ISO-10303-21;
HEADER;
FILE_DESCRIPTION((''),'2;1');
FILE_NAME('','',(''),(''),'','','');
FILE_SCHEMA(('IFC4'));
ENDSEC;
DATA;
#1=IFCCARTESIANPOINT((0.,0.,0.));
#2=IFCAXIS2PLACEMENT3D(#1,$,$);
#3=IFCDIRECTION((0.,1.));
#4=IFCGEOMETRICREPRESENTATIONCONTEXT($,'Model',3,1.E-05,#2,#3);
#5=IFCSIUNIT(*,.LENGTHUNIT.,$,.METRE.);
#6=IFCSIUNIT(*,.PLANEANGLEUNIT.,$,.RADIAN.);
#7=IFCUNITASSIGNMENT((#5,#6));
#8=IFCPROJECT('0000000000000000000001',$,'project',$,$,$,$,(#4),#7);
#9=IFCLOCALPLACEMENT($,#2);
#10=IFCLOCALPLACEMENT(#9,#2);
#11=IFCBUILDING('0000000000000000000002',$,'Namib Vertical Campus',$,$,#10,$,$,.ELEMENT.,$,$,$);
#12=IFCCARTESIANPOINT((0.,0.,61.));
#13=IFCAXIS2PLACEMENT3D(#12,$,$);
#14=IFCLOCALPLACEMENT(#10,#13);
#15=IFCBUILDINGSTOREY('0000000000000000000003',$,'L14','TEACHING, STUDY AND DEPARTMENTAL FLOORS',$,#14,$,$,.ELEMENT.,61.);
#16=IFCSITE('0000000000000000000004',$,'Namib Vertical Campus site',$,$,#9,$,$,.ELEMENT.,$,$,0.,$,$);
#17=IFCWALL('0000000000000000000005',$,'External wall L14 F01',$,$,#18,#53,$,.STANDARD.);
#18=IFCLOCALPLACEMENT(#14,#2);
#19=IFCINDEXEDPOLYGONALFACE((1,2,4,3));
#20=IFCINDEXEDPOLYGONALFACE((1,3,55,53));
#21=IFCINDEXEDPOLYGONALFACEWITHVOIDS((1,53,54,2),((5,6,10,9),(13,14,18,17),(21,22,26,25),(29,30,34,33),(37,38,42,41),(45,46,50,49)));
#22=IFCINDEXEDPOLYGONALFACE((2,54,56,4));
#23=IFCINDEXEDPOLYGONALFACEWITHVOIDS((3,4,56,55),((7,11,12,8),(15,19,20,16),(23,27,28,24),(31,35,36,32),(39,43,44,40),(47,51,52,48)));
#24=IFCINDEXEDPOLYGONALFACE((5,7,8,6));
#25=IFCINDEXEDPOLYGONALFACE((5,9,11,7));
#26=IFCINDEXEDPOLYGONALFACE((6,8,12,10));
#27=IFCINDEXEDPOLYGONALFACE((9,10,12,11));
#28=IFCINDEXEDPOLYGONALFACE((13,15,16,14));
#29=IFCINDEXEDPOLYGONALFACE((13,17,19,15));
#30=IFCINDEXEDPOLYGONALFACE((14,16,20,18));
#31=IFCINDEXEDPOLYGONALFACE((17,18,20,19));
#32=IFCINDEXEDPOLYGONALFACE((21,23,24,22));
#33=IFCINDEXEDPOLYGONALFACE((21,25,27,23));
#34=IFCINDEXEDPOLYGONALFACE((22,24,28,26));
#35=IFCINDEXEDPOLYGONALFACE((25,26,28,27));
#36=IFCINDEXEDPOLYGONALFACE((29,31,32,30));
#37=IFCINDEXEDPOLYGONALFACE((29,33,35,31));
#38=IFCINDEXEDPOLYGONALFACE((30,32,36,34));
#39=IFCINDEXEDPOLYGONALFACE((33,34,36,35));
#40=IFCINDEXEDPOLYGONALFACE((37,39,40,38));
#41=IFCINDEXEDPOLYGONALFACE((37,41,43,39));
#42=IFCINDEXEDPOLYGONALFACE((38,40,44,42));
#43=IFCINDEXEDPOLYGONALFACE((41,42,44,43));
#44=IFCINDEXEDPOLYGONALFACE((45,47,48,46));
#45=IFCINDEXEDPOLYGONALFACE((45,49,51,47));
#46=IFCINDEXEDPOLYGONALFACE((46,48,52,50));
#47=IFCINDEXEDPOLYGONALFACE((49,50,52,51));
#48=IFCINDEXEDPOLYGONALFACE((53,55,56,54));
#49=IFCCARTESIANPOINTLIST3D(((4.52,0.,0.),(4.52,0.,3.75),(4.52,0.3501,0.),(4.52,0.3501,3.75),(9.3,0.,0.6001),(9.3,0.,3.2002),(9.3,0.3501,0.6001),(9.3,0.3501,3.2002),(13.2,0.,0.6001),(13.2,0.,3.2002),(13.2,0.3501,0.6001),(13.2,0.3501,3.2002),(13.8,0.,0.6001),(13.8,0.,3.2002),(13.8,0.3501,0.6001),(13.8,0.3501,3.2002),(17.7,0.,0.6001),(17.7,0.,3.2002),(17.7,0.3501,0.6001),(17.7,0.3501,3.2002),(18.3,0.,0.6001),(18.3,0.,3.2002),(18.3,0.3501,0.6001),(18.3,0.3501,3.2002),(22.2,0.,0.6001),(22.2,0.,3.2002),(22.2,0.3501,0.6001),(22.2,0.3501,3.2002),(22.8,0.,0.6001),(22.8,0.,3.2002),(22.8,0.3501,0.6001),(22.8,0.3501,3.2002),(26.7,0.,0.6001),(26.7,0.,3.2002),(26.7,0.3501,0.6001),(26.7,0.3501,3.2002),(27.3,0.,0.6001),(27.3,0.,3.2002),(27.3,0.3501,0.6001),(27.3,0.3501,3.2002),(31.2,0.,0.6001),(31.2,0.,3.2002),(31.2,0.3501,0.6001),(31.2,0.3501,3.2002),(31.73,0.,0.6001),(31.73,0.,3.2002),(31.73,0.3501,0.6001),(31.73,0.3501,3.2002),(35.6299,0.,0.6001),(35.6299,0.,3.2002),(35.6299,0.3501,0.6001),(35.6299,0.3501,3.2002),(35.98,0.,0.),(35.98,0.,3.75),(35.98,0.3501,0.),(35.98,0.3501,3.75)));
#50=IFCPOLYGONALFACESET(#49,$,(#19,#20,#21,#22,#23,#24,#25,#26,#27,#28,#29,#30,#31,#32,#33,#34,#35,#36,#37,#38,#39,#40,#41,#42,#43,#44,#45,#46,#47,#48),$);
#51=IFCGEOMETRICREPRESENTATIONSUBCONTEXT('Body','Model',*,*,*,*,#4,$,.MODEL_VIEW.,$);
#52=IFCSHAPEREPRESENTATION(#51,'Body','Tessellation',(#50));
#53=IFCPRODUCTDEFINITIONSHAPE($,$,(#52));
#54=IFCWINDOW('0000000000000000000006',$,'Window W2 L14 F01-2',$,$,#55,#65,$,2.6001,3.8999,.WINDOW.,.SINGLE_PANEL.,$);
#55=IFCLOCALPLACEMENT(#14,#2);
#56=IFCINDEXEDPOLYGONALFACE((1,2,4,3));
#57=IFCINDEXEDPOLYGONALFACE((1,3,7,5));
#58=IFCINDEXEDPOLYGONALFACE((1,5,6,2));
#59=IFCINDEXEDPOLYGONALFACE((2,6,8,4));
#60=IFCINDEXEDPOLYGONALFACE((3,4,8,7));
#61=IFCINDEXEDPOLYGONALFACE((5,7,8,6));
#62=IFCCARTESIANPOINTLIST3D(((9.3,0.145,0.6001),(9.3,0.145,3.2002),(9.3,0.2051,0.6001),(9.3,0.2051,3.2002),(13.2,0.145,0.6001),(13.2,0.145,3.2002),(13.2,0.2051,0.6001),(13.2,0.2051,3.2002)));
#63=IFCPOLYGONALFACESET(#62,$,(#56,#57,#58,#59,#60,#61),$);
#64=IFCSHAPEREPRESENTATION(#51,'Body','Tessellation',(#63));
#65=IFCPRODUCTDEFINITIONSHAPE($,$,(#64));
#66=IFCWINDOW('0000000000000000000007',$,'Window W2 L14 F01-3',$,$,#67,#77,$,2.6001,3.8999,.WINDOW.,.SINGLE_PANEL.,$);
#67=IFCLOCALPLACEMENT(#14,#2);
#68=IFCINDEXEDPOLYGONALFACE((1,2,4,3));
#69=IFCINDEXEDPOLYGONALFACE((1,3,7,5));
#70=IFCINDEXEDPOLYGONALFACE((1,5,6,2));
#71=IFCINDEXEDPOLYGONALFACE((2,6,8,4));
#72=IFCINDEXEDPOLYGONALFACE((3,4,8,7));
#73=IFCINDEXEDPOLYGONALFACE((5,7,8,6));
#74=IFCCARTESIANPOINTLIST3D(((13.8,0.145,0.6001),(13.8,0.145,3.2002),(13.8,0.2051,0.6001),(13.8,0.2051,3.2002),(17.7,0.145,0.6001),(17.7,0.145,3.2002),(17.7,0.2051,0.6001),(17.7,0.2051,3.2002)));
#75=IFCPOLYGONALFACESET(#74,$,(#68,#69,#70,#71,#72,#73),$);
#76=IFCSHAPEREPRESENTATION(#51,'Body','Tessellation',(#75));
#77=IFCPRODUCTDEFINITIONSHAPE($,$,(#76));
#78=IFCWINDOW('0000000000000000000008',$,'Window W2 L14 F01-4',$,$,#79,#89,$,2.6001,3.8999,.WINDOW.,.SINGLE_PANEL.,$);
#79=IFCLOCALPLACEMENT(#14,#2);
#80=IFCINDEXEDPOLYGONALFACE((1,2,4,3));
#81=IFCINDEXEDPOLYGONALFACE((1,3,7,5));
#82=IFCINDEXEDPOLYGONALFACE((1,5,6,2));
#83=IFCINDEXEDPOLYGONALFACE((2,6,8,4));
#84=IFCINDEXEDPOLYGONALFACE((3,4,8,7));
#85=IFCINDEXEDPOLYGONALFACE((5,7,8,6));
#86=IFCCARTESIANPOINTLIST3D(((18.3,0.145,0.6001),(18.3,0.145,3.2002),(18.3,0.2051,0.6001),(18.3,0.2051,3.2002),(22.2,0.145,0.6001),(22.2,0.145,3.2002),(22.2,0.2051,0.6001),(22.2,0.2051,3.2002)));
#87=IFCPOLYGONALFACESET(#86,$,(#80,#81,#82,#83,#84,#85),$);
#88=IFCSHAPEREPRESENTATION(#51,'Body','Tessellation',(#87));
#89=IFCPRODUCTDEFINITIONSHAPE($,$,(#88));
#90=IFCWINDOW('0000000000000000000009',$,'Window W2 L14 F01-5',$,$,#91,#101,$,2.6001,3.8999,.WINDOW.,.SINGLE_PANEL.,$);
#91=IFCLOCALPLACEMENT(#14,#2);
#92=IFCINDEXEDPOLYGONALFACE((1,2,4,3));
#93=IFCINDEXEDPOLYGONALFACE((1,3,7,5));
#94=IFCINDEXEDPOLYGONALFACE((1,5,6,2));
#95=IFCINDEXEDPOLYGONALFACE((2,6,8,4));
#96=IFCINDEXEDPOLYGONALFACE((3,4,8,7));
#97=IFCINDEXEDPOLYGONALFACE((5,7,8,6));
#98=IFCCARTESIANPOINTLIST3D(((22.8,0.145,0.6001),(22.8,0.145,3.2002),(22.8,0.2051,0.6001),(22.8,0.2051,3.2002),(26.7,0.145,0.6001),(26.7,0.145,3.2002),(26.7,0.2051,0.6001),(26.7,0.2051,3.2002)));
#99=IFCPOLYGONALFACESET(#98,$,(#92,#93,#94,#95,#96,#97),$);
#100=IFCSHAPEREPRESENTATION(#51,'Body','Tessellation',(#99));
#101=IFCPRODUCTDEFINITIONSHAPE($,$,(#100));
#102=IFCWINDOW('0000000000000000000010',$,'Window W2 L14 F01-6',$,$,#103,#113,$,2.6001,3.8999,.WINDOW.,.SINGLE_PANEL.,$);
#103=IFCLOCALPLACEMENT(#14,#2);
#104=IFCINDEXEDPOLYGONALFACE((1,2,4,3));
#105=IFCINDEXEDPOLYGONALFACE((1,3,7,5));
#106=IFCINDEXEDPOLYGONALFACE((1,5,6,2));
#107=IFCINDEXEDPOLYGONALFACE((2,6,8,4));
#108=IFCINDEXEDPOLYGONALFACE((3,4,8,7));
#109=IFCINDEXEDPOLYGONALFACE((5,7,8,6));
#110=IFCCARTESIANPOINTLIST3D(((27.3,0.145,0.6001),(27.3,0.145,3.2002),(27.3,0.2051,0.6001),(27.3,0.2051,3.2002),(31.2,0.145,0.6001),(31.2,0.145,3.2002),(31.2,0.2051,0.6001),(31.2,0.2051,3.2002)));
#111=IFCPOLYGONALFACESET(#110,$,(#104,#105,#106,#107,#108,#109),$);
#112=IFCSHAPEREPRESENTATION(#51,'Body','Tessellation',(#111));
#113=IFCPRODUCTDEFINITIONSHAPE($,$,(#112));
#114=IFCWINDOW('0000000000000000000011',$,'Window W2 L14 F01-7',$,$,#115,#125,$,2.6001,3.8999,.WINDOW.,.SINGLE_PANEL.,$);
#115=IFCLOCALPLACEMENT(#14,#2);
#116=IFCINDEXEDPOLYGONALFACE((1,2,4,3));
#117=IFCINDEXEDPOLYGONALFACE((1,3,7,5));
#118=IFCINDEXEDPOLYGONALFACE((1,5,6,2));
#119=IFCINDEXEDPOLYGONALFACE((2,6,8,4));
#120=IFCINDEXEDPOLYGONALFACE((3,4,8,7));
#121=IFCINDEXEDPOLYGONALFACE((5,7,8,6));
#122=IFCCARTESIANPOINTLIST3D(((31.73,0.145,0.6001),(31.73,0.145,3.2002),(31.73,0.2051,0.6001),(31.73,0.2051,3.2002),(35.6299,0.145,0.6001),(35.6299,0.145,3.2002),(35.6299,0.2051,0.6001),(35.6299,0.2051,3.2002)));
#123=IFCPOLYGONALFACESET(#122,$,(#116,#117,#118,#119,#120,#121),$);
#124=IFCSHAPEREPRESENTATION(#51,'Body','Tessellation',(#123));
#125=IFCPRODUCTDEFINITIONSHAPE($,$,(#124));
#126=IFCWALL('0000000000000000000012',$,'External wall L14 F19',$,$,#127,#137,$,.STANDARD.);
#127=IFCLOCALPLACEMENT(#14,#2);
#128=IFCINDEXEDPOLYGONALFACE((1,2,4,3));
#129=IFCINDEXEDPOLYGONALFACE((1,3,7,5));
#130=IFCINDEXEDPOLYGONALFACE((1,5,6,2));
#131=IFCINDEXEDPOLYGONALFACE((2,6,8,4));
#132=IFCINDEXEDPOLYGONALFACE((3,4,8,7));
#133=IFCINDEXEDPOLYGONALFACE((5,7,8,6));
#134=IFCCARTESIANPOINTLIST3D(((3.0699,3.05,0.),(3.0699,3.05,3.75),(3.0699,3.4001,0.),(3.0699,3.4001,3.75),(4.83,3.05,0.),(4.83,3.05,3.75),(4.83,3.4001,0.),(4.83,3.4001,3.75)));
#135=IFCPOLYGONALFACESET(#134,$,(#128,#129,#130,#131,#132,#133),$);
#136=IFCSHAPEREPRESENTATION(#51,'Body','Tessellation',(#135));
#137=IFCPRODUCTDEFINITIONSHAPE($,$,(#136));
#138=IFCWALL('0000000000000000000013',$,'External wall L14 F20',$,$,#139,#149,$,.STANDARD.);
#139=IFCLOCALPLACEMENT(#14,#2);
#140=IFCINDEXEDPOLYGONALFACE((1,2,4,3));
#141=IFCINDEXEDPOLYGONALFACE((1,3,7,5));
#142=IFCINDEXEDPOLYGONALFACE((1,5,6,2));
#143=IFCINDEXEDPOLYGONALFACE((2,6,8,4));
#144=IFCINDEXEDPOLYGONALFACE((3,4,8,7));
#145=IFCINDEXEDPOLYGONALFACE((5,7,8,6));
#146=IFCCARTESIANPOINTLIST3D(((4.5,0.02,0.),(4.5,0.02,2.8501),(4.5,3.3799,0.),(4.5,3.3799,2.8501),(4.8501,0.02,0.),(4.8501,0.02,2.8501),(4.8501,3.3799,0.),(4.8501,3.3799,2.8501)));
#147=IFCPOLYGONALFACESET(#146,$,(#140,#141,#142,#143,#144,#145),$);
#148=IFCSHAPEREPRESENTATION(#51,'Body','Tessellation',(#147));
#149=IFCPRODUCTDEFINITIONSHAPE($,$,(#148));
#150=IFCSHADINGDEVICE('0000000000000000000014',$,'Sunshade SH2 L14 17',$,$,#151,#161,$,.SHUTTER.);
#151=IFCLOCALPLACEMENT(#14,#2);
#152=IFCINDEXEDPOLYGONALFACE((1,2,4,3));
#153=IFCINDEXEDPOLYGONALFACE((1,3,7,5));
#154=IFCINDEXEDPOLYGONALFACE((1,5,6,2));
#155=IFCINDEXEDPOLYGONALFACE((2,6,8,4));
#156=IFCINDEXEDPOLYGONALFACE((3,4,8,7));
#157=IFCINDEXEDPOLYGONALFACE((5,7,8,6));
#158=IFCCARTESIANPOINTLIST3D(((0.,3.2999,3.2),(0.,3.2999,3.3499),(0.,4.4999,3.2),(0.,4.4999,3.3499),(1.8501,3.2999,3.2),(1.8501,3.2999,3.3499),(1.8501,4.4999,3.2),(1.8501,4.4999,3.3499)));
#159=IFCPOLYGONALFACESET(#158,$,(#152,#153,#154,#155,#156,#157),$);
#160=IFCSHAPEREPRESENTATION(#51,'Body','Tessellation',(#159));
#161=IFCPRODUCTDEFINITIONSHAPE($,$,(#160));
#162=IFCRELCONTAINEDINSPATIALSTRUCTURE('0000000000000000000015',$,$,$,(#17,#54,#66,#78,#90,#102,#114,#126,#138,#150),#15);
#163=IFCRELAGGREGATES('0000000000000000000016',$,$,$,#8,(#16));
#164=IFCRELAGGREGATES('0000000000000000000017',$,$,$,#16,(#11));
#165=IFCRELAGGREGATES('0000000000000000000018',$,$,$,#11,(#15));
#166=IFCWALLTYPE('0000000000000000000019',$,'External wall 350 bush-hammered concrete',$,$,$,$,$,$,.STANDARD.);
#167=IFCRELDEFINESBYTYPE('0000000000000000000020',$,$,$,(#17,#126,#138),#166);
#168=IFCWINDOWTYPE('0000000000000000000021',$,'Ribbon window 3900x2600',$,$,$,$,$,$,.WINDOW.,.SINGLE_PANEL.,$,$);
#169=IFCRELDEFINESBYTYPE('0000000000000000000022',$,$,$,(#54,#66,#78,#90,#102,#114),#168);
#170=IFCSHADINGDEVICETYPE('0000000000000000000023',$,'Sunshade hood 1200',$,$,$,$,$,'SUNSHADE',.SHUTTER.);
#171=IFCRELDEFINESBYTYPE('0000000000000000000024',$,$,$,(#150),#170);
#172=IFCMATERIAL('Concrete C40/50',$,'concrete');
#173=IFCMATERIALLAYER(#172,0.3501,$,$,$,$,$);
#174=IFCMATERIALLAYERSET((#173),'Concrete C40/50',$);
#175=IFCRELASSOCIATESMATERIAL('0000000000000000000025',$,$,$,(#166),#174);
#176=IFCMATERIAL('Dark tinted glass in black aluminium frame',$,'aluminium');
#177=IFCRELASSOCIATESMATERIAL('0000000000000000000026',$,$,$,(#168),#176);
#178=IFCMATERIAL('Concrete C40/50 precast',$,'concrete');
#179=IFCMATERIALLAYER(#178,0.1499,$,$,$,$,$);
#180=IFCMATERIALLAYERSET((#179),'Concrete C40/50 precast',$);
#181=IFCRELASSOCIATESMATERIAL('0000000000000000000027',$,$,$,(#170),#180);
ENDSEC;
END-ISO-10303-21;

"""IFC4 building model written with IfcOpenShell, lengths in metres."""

from ifc_helpers import new_model, si_unit, direction, frame, frame_2d, origin, origin_2d, place, context, subcontext, project, spatial, rectangle, extrude, material, layer, layer_set, type_object, element, fill, save


model = new_model("IFC4")

# Units and contexts
model_context = context("Model", 3, precision=1e-05, world=origin(), true_north=direction((0.0, 1.0)))
body_context = subcontext(model_context, "Body", "Model", "MODEL_VIEW")
ifc_project = project(units=[si_unit("LENGTHUNIT", "METRE"), si_unit("PLANEANGLEUNIT", "RADIAN")], contexts=[model_context])

# Site, building, storey
site_placement = place(None, origin())
site = spatial("IfcSite", under=ifc_project, at=site_placement, Name="Namib Vertical Campus site", CompositionType="ELEMENT", RefElevation=0.0)
building_placement = place(site_placement, origin())
building = spatial("IfcBuilding", under=site, at=building_placement, Name="Namib Vertical Campus", CompositionType="ELEMENT")
storey_placement = place(building_placement, frame((0.0, 0.0, 61.0)))
storey = spatial("IfcBuildingStorey", under=building, at=storey_placement, Name="L14", Description="TEACHING, STUDY AND DEPARTMENTAL FLOORS", CompositionType="ELEMENT", Elevation=61.0)

# Wall, openings, windows
ifc_material_1 = material(Name="Concrete C40/50", Category="concrete")
ifc_layer_1 = layer(ifc_material_1, 0.3501)
ifc_layer_set_1 = layer_set([ifc_layer_1], Name="Concrete C40/50")
wall_type = type_object("IfcWallType", Name="External wall 350 bush-hammered concrete", PredefinedType="STANDARD", material=ifc_layer_set_1)
wall_1_placement = place(storey_placement, frame((4.52, 0.175, 0.0), z_axis=(0.0, 0.0, 1.0), x_axis=(1.0, 0.0, 0.0)))
wall_1 = element("IfcWall", 1, at=wall_1_placement, inside=storey, type_object=wall_type, Name="External wall L14 F01", PredefinedType="STANDARD", context=body_context, shape_type="SweptSolid", body=[
    extrude(rectangle(XDim=31.46, YDim=0.3501, at=frame_2d((15.73, 0.0))), origin(), (0.0, 0.0, 1.0), 3.75),
])
opening_1_placement = place(wall_1_placement, frame((4.78, 0.0, 0.6001)))
opening_1 = element("IfcOpeningElement", 2, at=opening_1_placement, cuts=wall_1, PredefinedType="OPENING", context=body_context, shape_type="SweptSolid", body=[
    extrude(rectangle(XDim=3.8999, YDim=2.6001, at=frame_2d((1.95, 1.3))), frame((0.0, 0.1851, 0.0), z_axis=(0.0, -1.0, 0.0), x_axis=(1.0, 0.0, 0.0)), (0.0, 0.0, 1.0), 0.3701),
])
opening_2_placement = place(wall_1_placement, frame((9.28, 0.0, 0.6001)))
opening_2 = element("IfcOpeningElement", 3, at=opening_2_placement, cuts=wall_1, PredefinedType="OPENING", context=body_context, shape_type="SweptSolid", body=[
    extrude(rectangle(XDim=3.8999, YDim=2.6001, at=frame_2d((1.95, 1.3))), frame((0.0, 0.1851, 0.0), z_axis=(0.0, -1.0, 0.0), x_axis=(1.0, 0.0, 0.0)), (0.0, 0.0, 1.0), 0.3701),
])
opening_3_placement = place(wall_1_placement, frame((13.78, 0.0, 0.6001)))
opening_3 = element("IfcOpeningElement", 4, at=opening_3_placement, cuts=wall_1, PredefinedType="OPENING", context=body_context, shape_type="SweptSolid", body=[
    extrude(rectangle(XDim=3.8999, YDim=2.6001, at=frame_2d((1.95, 1.3))), frame((0.0, 0.1851, 0.0), z_axis=(0.0, -1.0, 0.0), x_axis=(1.0, 0.0, 0.0)), (0.0, 0.0, 1.0), 0.3701),
])
opening_4_placement = place(wall_1_placement, frame((18.28, 0.0, 0.6001)))
opening_4 = element("IfcOpeningElement", 5, at=opening_4_placement, cuts=wall_1, PredefinedType="OPENING", context=body_context, shape_type="SweptSolid", body=[
    extrude(rectangle(XDim=3.8999, YDim=2.6001, at=frame_2d((1.95, 1.3))), frame((0.0, 0.1851, 0.0), z_axis=(0.0, -1.0, 0.0), x_axis=(1.0, 0.0, 0.0)), (0.0, 0.0, 1.0), 0.3701),
])
opening_5_placement = place(wall_1_placement, frame((22.78, 0.0, 0.6001)))
opening_5 = element("IfcOpeningElement", 6, at=opening_5_placement, cuts=wall_1, PredefinedType="OPENING", context=body_context, shape_type="SweptSolid", body=[
    extrude(rectangle(XDim=3.8999, YDim=2.6001, at=frame_2d((1.95, 1.3))), frame((0.0, 0.1851, 0.0), z_axis=(0.0, -1.0, 0.0), x_axis=(1.0, 0.0, 0.0)), (0.0, 0.0, 1.0), 0.3701),
])
opening_6_placement = place(wall_1_placement, frame((27.21, 0.0, 0.6001)))
opening_6 = element("IfcOpeningElement", 7, at=opening_6_placement, cuts=wall_1, PredefinedType="OPENING", context=body_context, shape_type="SweptSolid", body=[
    extrude(rectangle(XDim=3.8999, YDim=2.6001, at=frame_2d((1.95, 1.3))), frame((0.0, 0.1851, 0.0), z_axis=(0.0, -1.0, 0.0), x_axis=(1.0, 0.0, 0.0)), (0.0, 0.0, 1.0), 0.3701),
])
ifc_material_2 = material(Name="Dark tinted glass in black aluminium frame", Category="aluminium")
window_type = type_object("IfcWindowType", Name="Ribbon window 3900x2600", PartitioningType="SINGLE_PANEL", PredefinedType="WINDOW", material=ifc_material_2)
window_1_placement = place(opening_1_placement, origin())
window_1 = element("IfcWindow", 8, at=window_1_placement, inside=storey, type_object=window_type, Name="Window W2 L14 F01-2", OverallHeight=2.6001, OverallWidth=3.8999, PartitioningType="SINGLE_PANEL", PredefinedType="WINDOW", context=body_context, shape_type="SweptSolid", body=[
    extrude(rectangle(XDim=3.8999, YDim=2.6001, at=frame_2d((1.95, 1.3))), frame((0.0, 0.03, 0.0), z_axis=(0.0, -1.0, 0.0), x_axis=(1.0, 0.0, 0.0)), (0.0, 0.0, 1.0), 0.0601),
])
fill(opening_1, window_1)
window_2_placement = place(opening_2_placement, origin())
window_2 = element("IfcWindow", 9, at=window_2_placement, inside=storey, type_object=window_type, Name="Window W2 L14 F01-3", OverallHeight=2.6001, OverallWidth=3.8999, PartitioningType="SINGLE_PANEL", PredefinedType="WINDOW", context=body_context, shape_type="SweptSolid", body=[
    extrude(rectangle(XDim=3.8999, YDim=2.6001, at=frame_2d((1.95, 1.3))), frame((0.0, 0.03, 0.0), z_axis=(0.0, -1.0, 0.0), x_axis=(1.0, 0.0, 0.0)), (0.0, 0.0, 1.0), 0.0601),
])
fill(opening_2, window_2)
window_3_placement = place(opening_3_placement, origin())
window_3 = element("IfcWindow", 10, at=window_3_placement, inside=storey, type_object=window_type, Name="Window W2 L14 F01-4", OverallHeight=2.6001, OverallWidth=3.8999, PartitioningType="SINGLE_PANEL", PredefinedType="WINDOW", context=body_context, shape_type="SweptSolid", body=[
    extrude(rectangle(XDim=3.8999, YDim=2.6001, at=frame_2d((1.95, 1.3))), frame((0.0, 0.03, 0.0), z_axis=(0.0, -1.0, 0.0), x_axis=(1.0, 0.0, 0.0)), (0.0, 0.0, 1.0), 0.0601),
])
fill(opening_3, window_3)
window_4_placement = place(opening_4_placement, origin())
window_4 = element("IfcWindow", 11, at=window_4_placement, inside=storey, type_object=window_type, Name="Window W2 L14 F01-5", OverallHeight=2.6001, OverallWidth=3.8999, PartitioningType="SINGLE_PANEL", PredefinedType="WINDOW", context=body_context, shape_type="SweptSolid", body=[
    extrude(rectangle(XDim=3.8999, YDim=2.6001, at=frame_2d((1.95, 1.3))), frame((0.0, 0.03, 0.0), z_axis=(0.0, -1.0, 0.0), x_axis=(1.0, 0.0, 0.0)), (0.0, 0.0, 1.0), 0.0601),
])
fill(opening_4, window_4)
window_5_placement = place(opening_5_placement, origin())
window_5 = element("IfcWindow", 12, at=window_5_placement, inside=storey, type_object=window_type, Name="Window W2 L14 F01-6", OverallHeight=2.6001, OverallWidth=3.8999, PartitioningType="SINGLE_PANEL", PredefinedType="WINDOW", context=body_context, shape_type="SweptSolid", body=[
    extrude(rectangle(XDim=3.8999, YDim=2.6001, at=frame_2d((1.95, 1.3))), frame((0.0, 0.03, 0.0), z_axis=(0.0, -1.0, 0.0), x_axis=(1.0, 0.0, 0.0)), (0.0, 0.0, 1.0), 0.0601),
])
fill(opening_5, window_5)
window_6_placement = place(opening_6_placement, origin())
window_6 = element("IfcWindow", 13, at=window_6_placement, inside=storey, type_object=window_type, Name="Window W2 L14 F01-7", OverallHeight=2.6001, OverallWidth=3.8999, PartitioningType="SINGLE_PANEL", PredefinedType="WINDOW", context=body_context, shape_type="SweptSolid", body=[
    extrude(rectangle(XDim=3.8999, YDim=2.6001, at=frame_2d((1.95, 1.3))), frame((0.0, 0.03, 0.0), z_axis=(0.0, -1.0, 0.0), x_axis=(1.0, 0.0, 0.0)), (0.0, 0.0, 1.0), 0.0601),
])
fill(opening_6, window_6)

# Walls
wall_2_placement = place(storey_placement, frame((3.0701, 3.2251, 0.0), z_axis=(0.0, 0.0, 1.0), x_axis=(1.0, 0.0, 0.0)))
element("IfcWall", 14, at=wall_2_placement, inside=storey, type_object=wall_type, Name="External wall L14 F19", PredefinedType="STANDARD", context=body_context, shape_type="SweptSolid", body=[
    extrude(rectangle(XDim=1.76, YDim=0.3501, at=frame_2d((0.8799, 0.0))), origin(), (0.0, 0.0, 1.0), 3.75),
])
wall_3_placement = place(storey_placement, frame((4.675, 3.3799, 0.0), z_axis=(0.0, 0.0, 1.0), x_axis=(0.0, -1.0, 0.0)))
element("IfcWall", 15, at=wall_3_placement, inside=storey, type_object=wall_type, Name="External wall L14 F20", PredefinedType="STANDARD", context=body_context, shape_type="SweptSolid", body=[
    extrude(rectangle(XDim=3.3599, YDim=0.3501, at=frame_2d((1.6799, 0.0))), origin(), (0.0, 0.0, 1.0), 2.8501),
])

# Shading device
ifc_material_3 = material(Name="Concrete C40/50 precast", Category="concrete")
ifc_layer_2 = layer(ifc_material_3, 0.1499)
ifc_layer_set_2 = layer_set([ifc_layer_2], Name="Concrete C40/50 precast")
shading_device_type = type_object("IfcShadingDeviceType", Name="Sunshade hood 1200", ElementType="SUNSHADE", PredefinedType="SHUTTER", material=ifc_layer_set_2)
for number, where, z_axis, x_axis, name in (
    (16, (0.925, 3.8999, 3.2), (0.0, 0.0, 1.0), (1.0, 0.0, 0.0), "Sunshade SH2 L14 17"),
):
    element("IfcShadingDevice", number, at=place(storey_placement, frame(where, z_axis=z_axis, x_axis=x_axis)), inside=storey, type_object=shading_device_type, Name=name, PredefinedType="SHUTTER", context=body_context, shape_type="SweptSolid", body=[
        extrude(rectangle(XDim=1.8501, YDim=1.2, at=origin_2d()), origin(), (0.0, 0.0, 1.0), 0.1499),
    ])

save(model, "model.ifc")
